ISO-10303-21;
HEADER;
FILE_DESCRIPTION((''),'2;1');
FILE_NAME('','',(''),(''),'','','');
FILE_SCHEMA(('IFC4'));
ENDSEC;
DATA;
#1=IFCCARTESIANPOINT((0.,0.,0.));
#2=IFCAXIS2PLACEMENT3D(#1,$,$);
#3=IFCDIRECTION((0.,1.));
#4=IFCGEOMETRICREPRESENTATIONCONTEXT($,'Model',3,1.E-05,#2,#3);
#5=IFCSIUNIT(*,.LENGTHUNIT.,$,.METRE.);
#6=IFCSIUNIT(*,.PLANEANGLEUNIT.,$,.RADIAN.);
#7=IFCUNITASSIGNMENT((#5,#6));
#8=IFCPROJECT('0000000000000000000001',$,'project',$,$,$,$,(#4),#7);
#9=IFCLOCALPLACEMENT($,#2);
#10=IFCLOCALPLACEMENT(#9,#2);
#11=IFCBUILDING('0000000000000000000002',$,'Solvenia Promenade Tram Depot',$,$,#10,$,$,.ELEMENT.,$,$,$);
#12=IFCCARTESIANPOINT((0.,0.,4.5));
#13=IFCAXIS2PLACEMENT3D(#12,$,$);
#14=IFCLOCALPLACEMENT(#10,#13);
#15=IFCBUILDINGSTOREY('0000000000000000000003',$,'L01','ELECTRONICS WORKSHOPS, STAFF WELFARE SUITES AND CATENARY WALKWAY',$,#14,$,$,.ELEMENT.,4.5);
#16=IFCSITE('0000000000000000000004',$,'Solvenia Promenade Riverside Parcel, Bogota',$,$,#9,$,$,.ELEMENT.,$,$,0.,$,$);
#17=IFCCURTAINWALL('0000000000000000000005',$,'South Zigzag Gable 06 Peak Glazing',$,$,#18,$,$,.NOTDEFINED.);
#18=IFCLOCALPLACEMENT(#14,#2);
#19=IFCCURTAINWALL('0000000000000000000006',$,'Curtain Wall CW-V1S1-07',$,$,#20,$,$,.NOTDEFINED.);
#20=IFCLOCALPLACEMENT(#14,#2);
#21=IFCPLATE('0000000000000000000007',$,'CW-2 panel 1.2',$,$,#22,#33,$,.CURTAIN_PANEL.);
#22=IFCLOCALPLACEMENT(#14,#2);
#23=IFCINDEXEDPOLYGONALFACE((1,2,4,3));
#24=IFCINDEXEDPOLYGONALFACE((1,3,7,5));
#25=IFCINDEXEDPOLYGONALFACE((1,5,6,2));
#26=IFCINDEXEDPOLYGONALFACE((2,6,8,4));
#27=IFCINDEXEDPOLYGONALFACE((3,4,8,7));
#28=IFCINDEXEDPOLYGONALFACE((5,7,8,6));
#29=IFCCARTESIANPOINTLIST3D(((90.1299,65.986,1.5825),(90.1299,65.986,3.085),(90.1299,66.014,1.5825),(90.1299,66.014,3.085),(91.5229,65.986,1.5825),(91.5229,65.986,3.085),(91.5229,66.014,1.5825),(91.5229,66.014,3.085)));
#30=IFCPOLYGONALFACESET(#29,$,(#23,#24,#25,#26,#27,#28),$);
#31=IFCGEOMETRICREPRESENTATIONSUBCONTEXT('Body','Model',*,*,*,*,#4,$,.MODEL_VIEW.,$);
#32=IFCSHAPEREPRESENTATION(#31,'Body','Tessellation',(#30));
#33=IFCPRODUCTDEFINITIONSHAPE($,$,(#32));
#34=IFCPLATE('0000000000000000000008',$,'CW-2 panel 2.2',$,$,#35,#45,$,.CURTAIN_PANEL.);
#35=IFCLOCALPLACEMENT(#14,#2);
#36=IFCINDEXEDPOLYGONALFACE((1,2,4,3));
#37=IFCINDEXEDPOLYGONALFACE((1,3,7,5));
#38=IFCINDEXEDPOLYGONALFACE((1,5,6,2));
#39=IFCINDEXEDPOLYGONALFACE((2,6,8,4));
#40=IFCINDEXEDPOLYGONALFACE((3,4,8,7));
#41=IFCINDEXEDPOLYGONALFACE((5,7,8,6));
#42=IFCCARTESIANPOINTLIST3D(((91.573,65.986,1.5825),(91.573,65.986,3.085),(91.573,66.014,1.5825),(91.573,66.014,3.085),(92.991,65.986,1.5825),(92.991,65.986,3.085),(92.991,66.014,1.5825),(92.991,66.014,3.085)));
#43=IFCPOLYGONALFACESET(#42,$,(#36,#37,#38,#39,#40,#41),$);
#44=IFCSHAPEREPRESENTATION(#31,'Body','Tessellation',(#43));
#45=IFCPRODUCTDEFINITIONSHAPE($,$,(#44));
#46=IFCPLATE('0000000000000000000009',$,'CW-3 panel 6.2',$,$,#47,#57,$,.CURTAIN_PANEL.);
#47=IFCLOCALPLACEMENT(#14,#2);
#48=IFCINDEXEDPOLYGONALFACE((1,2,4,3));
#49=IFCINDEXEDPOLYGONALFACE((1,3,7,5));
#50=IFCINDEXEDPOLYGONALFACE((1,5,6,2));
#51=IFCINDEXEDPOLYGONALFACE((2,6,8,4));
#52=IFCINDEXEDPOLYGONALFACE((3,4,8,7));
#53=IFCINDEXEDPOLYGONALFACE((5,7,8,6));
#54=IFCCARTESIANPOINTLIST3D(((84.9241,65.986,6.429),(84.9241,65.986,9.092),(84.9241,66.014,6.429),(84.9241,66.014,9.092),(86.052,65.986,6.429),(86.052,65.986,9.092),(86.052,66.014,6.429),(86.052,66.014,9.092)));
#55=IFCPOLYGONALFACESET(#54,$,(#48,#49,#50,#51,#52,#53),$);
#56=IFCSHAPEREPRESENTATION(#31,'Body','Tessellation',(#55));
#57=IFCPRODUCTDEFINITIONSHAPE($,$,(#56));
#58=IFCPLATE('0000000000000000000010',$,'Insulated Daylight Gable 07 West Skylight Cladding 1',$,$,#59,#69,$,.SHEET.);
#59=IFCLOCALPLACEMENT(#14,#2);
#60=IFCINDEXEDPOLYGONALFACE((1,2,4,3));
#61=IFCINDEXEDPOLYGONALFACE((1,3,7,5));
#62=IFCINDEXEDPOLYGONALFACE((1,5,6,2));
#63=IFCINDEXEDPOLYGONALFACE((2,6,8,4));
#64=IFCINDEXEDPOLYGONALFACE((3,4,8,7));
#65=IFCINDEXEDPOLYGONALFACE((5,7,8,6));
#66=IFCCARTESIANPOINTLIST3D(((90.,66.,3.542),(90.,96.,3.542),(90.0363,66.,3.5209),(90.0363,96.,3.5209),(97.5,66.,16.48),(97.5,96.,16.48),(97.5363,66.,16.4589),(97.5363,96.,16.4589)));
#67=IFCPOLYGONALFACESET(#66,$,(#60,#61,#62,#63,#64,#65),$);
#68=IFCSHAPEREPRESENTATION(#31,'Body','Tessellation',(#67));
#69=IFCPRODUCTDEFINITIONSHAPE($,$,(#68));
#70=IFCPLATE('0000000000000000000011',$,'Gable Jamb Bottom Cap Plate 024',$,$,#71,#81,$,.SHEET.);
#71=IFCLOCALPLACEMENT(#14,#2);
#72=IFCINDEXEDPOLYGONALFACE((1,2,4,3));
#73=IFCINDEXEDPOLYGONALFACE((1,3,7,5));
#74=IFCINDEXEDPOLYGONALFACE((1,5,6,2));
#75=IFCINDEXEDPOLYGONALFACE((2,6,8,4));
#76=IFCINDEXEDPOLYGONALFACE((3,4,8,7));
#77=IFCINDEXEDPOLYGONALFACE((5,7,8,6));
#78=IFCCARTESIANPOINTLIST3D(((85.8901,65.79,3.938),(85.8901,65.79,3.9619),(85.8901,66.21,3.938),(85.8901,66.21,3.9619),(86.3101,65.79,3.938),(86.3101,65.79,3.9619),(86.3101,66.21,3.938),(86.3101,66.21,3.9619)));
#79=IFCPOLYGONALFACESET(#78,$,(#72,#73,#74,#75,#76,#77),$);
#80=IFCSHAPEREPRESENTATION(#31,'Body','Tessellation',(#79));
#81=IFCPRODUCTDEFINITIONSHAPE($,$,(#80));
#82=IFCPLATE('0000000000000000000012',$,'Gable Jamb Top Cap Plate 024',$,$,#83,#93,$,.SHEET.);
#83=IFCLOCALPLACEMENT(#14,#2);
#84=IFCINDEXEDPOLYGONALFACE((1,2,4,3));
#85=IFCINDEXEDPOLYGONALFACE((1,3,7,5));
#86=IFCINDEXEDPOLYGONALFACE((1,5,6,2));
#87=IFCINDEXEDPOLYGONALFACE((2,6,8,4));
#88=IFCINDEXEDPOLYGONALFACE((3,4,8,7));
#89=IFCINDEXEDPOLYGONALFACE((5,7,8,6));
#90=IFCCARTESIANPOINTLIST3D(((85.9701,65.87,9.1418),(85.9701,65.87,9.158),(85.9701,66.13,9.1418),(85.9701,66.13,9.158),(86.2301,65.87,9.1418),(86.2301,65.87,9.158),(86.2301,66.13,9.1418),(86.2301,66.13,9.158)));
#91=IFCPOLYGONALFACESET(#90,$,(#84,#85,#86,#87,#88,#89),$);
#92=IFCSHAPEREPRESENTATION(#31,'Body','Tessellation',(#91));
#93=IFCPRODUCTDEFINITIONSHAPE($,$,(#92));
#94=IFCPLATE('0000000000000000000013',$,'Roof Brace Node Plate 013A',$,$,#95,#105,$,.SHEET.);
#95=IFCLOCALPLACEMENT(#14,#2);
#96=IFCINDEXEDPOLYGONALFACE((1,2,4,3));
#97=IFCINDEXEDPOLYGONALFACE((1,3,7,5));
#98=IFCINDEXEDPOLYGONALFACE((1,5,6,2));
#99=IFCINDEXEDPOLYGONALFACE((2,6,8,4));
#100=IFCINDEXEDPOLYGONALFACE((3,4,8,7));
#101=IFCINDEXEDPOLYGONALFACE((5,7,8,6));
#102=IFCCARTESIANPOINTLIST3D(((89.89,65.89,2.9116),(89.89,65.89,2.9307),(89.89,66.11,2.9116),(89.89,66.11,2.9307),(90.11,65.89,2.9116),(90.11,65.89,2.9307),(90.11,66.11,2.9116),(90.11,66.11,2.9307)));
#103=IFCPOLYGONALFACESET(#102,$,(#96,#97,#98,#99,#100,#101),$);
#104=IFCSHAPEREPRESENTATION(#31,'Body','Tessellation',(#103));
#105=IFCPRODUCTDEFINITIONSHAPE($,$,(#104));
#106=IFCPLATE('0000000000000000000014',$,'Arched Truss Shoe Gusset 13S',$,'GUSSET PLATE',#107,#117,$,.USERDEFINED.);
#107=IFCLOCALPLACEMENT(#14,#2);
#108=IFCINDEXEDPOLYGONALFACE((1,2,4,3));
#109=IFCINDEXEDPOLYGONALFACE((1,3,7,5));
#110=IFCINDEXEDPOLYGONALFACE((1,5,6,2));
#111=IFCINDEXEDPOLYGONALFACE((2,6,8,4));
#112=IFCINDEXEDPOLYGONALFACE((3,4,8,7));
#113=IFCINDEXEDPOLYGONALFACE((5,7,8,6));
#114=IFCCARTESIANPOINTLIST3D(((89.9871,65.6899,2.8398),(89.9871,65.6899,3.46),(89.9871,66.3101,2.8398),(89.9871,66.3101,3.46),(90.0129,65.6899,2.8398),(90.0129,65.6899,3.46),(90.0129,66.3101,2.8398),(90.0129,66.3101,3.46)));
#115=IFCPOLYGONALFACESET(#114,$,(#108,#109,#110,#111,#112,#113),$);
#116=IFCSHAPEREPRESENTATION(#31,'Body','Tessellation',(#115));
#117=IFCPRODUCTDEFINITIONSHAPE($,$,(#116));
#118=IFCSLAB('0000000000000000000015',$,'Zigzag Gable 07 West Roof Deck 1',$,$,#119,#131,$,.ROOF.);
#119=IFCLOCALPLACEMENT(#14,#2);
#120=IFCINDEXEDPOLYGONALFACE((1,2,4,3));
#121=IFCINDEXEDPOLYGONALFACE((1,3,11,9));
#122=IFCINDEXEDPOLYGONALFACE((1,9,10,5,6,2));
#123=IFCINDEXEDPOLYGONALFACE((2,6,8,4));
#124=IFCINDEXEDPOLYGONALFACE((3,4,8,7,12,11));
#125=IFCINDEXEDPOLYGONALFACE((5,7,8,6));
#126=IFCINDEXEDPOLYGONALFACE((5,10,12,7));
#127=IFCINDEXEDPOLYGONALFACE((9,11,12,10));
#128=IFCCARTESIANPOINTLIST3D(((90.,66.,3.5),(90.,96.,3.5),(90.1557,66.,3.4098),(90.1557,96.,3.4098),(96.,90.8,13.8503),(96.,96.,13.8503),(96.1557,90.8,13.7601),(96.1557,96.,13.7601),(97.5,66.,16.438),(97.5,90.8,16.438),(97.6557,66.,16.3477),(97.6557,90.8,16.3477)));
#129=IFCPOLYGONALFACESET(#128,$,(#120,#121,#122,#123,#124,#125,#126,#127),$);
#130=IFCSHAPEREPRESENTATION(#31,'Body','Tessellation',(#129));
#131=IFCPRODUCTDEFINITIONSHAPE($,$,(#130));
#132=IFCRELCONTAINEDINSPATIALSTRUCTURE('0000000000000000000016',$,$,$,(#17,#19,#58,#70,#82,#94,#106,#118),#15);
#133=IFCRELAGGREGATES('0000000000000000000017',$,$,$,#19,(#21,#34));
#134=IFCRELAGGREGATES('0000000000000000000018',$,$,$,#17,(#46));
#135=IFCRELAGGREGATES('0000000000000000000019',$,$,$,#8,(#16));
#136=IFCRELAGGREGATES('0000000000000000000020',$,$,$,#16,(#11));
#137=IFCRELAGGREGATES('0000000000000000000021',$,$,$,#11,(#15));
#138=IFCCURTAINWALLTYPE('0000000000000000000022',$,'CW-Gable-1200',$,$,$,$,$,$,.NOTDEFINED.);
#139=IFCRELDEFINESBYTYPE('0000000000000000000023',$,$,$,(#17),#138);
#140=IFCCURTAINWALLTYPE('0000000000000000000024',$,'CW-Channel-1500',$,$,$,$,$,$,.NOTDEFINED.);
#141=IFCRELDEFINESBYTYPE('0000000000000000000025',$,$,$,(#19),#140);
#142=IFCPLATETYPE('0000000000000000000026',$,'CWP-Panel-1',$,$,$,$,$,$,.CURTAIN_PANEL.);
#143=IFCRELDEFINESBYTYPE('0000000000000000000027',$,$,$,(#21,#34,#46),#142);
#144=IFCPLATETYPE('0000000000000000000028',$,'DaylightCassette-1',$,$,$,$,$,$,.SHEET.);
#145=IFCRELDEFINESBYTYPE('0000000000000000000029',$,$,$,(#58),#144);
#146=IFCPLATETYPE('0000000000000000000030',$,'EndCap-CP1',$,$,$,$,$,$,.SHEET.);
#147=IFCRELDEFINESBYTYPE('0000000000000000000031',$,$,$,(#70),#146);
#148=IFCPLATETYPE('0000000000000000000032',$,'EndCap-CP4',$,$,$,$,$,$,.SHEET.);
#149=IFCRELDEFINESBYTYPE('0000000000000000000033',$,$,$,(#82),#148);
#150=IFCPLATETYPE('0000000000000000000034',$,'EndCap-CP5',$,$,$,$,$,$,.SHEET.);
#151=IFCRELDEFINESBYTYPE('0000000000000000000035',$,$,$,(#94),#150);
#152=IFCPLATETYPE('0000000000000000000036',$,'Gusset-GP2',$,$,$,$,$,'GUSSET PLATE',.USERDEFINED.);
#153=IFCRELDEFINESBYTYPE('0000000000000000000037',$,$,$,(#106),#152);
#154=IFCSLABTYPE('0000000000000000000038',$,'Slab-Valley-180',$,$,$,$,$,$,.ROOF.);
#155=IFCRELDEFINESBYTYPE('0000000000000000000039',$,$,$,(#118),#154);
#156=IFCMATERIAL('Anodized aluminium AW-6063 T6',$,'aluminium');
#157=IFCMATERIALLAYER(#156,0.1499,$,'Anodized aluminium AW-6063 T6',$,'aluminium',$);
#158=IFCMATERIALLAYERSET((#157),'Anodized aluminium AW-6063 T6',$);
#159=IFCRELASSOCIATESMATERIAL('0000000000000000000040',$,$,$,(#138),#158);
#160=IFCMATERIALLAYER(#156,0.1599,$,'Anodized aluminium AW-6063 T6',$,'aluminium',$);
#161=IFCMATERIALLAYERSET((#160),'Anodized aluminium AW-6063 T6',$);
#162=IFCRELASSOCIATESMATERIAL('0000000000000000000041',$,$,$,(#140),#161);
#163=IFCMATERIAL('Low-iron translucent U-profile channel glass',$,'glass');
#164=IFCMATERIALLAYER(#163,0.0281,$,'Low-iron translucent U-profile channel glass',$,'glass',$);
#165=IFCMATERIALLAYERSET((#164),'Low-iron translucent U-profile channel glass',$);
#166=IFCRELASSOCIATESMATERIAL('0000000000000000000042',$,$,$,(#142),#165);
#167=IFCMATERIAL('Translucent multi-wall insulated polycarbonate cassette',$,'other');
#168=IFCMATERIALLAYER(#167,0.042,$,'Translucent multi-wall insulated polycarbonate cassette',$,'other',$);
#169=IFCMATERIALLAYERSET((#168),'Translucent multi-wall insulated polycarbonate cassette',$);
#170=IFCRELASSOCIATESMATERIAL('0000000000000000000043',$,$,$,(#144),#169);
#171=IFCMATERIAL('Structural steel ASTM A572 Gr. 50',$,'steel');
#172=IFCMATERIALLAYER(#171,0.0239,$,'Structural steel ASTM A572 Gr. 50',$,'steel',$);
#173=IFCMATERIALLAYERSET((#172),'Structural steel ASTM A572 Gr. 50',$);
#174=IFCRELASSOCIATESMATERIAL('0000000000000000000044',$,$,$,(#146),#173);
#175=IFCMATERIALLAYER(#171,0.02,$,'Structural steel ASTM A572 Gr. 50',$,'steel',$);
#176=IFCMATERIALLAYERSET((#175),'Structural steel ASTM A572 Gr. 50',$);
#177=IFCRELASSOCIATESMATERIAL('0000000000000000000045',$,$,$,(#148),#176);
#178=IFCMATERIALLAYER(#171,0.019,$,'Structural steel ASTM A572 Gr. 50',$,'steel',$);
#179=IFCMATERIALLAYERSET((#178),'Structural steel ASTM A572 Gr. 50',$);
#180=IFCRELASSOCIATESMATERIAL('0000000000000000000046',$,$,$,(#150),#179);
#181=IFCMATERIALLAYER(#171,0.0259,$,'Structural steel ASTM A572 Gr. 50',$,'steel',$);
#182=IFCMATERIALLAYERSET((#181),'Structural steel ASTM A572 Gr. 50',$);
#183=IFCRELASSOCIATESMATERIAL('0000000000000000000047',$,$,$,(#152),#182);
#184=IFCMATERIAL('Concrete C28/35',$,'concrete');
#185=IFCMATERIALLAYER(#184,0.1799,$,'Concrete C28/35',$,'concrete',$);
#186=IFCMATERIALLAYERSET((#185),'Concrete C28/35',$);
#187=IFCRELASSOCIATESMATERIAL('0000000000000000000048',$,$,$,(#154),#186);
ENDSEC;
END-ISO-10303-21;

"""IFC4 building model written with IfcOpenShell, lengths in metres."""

from ifc_helpers import new_model, si_unit, direction, frame, origin, origin_2d, place, context, subcontext, project, spatial, polyline, rectangle, outline, extrude, material, layer, layer_set, type_object, element, aggregate, save


model = new_model("IFC4")

# Units and contexts
model_context = context("Model", 3, precision=1e-05, world=origin(), true_north=direction((0.0, 1.0)))
body_context = subcontext(model_context, "Body", "Model", "MODEL_VIEW")
ifc_project = project(units=[si_unit("LENGTHUNIT", "METRE"), si_unit("PLANEANGLEUNIT", "RADIAN")], contexts=[model_context])

# Site, building, storey
site_placement = place(None, origin())
site = spatial("IfcSite", under=ifc_project, at=site_placement, Name="Solvenia Promenade Riverside Parcel, Bogota", CompositionType="ELEMENT", RefElevation=0.0)
building_placement = place(site_placement, origin())
building = spatial("IfcBuilding", under=site, at=building_placement, Name="Solvenia Promenade Tram Depot", CompositionType="ELEMENT")
storey_placement = place(building_placement, frame((0.0, 0.0, 4.5)))
storey = spatial("IfcBuildingStorey", under=building, at=storey_placement, Name="L01", Description="ELECTRONICS WORKSHOPS, STAFF WELFARE SUITES AND CATENARY WALKWAY", CompositionType="ELEMENT", Elevation=4.5)

# Curtain wall
ifc_material_1 = material(Name="Anodized aluminium AW-6063 T6", Category="aluminium")
ifc_layer_1 = layer(ifc_material_1, 0.1499, Name="Anodized aluminium AW-6063 T6", Category="aluminium")
ifc_layer_set_1 = layer_set([ifc_layer_1], Name="Anodized aluminium AW-6063 T6")
curtain_wall_type_1 = type_object("IfcCurtainWallType", Name="CW-Gable-1200", PredefinedType="NOTDEFINED", material=ifc_layer_set_1)
curtain_wall_1_placement = place(storey_placement, origin())
curtain_wall_1 = element("IfcCurtainWall", 1, at=curtain_wall_1_placement, inside=storey, type_object=curtain_wall_type_1, Name="South Zigzag Gable 06 Peak Glazing", PredefinedType="NOTDEFINED")

# Curtain wall
ifc_layer_2 = layer(ifc_material_1, 0.1599, Name="Anodized aluminium AW-6063 T6", Category="aluminium")
ifc_layer_set_2 = layer_set([ifc_layer_2], Name="Anodized aluminium AW-6063 T6")
curtain_wall_type_2 = type_object("IfcCurtainWallType", Name="CW-Channel-1500", PredefinedType="NOTDEFINED", material=ifc_layer_set_2)
curtain_wall_2_placement = place(storey_placement, origin())
curtain_wall_2 = element("IfcCurtainWall", 2, at=curtain_wall_2_placement, inside=storey, type_object=curtain_wall_type_2, Name="Curtain Wall CW-V1S1-07", PredefinedType="NOTDEFINED")

# Plates
ifc_material_2 = material(Name="Low-iron translucent U-profile channel glass", Category="glass")
ifc_layer_3 = layer(ifc_material_2, 0.0281, Name="Low-iron translucent U-profile channel glass", Category="glass")
ifc_layer_set_3 = layer_set([ifc_layer_3], Name="Low-iron translucent U-profile channel glass")
plate_type_1 = type_object("IfcPlateType", Name="CWP-Panel-1", PredefinedType="CURTAIN_PANEL", material=ifc_layer_set_3)
plate_1_placement = place(storey_placement, frame((90.8264, 66.0, 1.5825), z_axis=(0.0, 0.0, 1.0), x_axis=(1.0, 0.0, 0.0)))
plate_1 = element("IfcPlate", 3, at=plate_1_placement, type_object=plate_type_1, Name="CW-2 panel 1.2", PredefinedType="CURTAIN_PANEL", context=body_context, shape_type="SweptSolid", body=[
    extrude(rectangle(XDim=1.3931, YDim=0.0281, at=origin_2d()), origin(), (0.0, 0.0, 1.0), 1.5024),
])
plate_2_placement = place(storey_placement, frame((92.282, 66.0, 1.5825), z_axis=(0.0, 0.0, 1.0), x_axis=(1.0, 0.0, 0.0)))
plate_2 = element("IfcPlate", 4, at=plate_2_placement, type_object=plate_type_1, Name="CW-2 panel 2.2", PredefinedType="CURTAIN_PANEL", context=body_context, shape_type="SweptSolid", body=[
    extrude(rectangle(XDim=1.418, YDim=0.0281, at=origin_2d()), origin(), (0.0, 0.0, 1.0), 1.5024),
])
aggregate(curtain_wall_2, [plate_1, plate_2])
plate_3_placement = place(storey_placement, frame((85.488, 66.0, 6.429), z_axis=(0.0, 0.0, 1.0), x_axis=(1.0, 0.0, 0.0)))
plate_3 = element("IfcPlate", 5, at=plate_3_placement, type_object=plate_type_1, Name="CW-3 panel 6.2", PredefinedType="CURTAIN_PANEL", context=body_context, shape_type="SweptSolid", body=[
    extrude(rectangle(XDim=1.1279, YDim=0.0281, at=origin_2d()), origin(), (0.0, 0.0, 1.0), 2.6631),
])
aggregate(curtain_wall_1, [plate_3])

# Plates
ifc_material_3 = material(Name="Translucent multi-wall insulated polycarbonate cassette", Category="other")
ifc_layer_4 = layer(ifc_material_3, 0.042, Name="Translucent multi-wall insulated polycarbonate cassette", Category="other")
ifc_layer_set_4 = layer_set([ifc_layer_4], Name="Translucent multi-wall insulated polycarbonate cassette")
plate_type_2 = type_object("IfcPlateType", Name="DaylightCassette-1", PredefinedType="SHEET", material=ifc_layer_set_4)
plate_4_placement = place(storey_placement, frame((90.0, 66.0, 3.542), z_axis=(-0.865148, 0.0, 0.501516), x_axis=(0.0, 1.0, 0.0)))
element("IfcPlate", 6, at=plate_4_placement, inside=storey, type_object=plate_type_2, Name="Insulated Daylight Gable 07 West Skylight Cladding 1", PredefinedType="SHEET", context=body_context, shape_type="SweptSolid", body=[
    extrude(outline(polyline([(0.0, 0.0), (30.0, 0.0), (30.0, -14.9546), (0.0, -14.9546), (0.0, 0.0)])), origin(), (0.0, 0.0, -1.0), 0.042),
])
ifc_material_4 = material(Name="Structural steel ASTM A572 Gr. 50", Category="steel")
ifc_layer_5 = layer(ifc_material_4, 0.0239, Name="Structural steel ASTM A572 Gr. 50", Category="steel")
ifc_layer_set_5 = layer_set([ifc_layer_5], Name="Structural steel ASTM A572 Gr. 50")
plate_type_3 = type_object("IfcPlateType", Name="EndCap-CP1", PredefinedType="SHEET", material=ifc_layer_set_5)
plate_5_placement = place(storey_placement, frame((86.1001, 66.0, 3.938), z_axis=(0.0, 0.0, 1.0), x_axis=(1.0, 0.0, 0.0)))
element("IfcPlate", 7, at=plate_5_placement, inside=storey, type_object=plate_type_3, Name="Gable Jamb Bottom Cap Plate 024", PredefinedType="SHEET", context=body_context, shape_type="SweptSolid", body=[
    extrude(rectangle(XDim=0.4199, YDim=0.4199, at=origin_2d()), origin(), (0.0, 0.0, 1.0), 0.0239),
])
ifc_layer_6 = layer(ifc_material_4, 0.02, Name="Structural steel ASTM A572 Gr. 50", Category="steel")
ifc_layer_set_6 = layer_set([ifc_layer_6], Name="Structural steel ASTM A572 Gr. 50")
plate_type_4 = type_object("IfcPlateType", Name="EndCap-CP4", PredefinedType="SHEET", material=ifc_layer_set_6)
plate_6_placement = place(storey_placement, frame((86.1001, 66.0, 9.1418), z_axis=(0.0, 0.0, 1.0), x_axis=(1.0, 0.0, 0.0)))
element("IfcPlate", 8, at=plate_6_placement, inside=storey, type_object=plate_type_4, Name="Gable Jamb Top Cap Plate 024", PredefinedType="SHEET", context=body_context, shape_type="SweptSolid", body=[
    extrude(rectangle(XDim=0.26, YDim=0.26, at=origin_2d()), origin(), (0.0, 0.0, 1.0), 0.0161),
])
ifc_layer_7 = layer(ifc_material_4, 0.019, Name="Structural steel ASTM A572 Gr. 50", Category="steel")
ifc_layer_set_7 = layer_set([ifc_layer_7], Name="Structural steel ASTM A572 Gr. 50")
plate_type_5 = type_object("IfcPlateType", Name="EndCap-CP5", PredefinedType="SHEET", material=ifc_layer_set_7)
plate_7_placement = place(storey_placement, frame((90.0, 66.0, 2.9116), z_axis=(0.0, 0.0, 1.0), x_axis=(1.0, 0.0, 0.0)))
element("IfcPlate", 9, at=plate_7_placement, inside=storey, type_object=plate_type_5, Name="Roof Brace Node Plate 013A", PredefinedType="SHEET", context=body_context, shape_type="SweptSolid", body=[
    extrude(rectangle(XDim=0.22, YDim=0.22, at=origin_2d()), origin(), (0.0, 0.0, 1.0), 0.019),
])
ifc_layer_8 = layer(ifc_material_4, 0.0259, Name="Structural steel ASTM A572 Gr. 50", Category="steel")
ifc_layer_set_8 = layer_set([ifc_layer_8], Name="Structural steel ASTM A572 Gr. 50")
plate_type_6 = type_object("IfcPlateType", Name="Gusset-GP2", ElementType="GUSSET PLATE", PredefinedType="USERDEFINED", material=ifc_layer_set_8)
plate_8_placement = place(storey_placement, frame((90.0, 66.0, 2.8398), z_axis=(0.0, 0.0, 1.0), x_axis=(1.0, 0.0, 0.0)))
element("IfcPlate", 10, at=plate_8_placement, inside=storey, type_object=plate_type_6, Name="Arched Truss Shoe Gusset 13S", ObjectType="GUSSET PLATE", PredefinedType="USERDEFINED", context=body_context, shape_type="SweptSolid", body=[
    extrude(rectangle(XDim=0.0259, YDim=0.6201, at=origin_2d()), origin(), (0.0, 0.0, 1.0), 0.6201),
])

# Slab
ifc_material_5 = material(Name="Concrete C28/35", Category="concrete")
ifc_layer_9 = layer(ifc_material_5, 0.1799, Name="Concrete C28/35", Category="concrete")
ifc_layer_set_9 = layer_set([ifc_layer_9], Name="Concrete C28/35")
slab_type = type_object("IfcSlabType", Name="Slab-Valley-180", PredefinedType="ROOF", material=ifc_layer_set_9)
slab_placement = place(storey_placement, frame((90.0, 66.0, 3.5), z_axis=(-0.865148, 0.0, 0.501517), x_axis=(0.0, 1.0, 0.0)))
element("IfcSlab", 11, at=slab_placement, inside=storey, type_object=slab_type, Name="Zigzag Gable 07 West Roof Deck 1", PredefinedType="ROOF", context=body_context, shape_type="SweptSolid", body=[
    extrude(outline(polyline([(0.0, 0.0), (30.0, 0.0), (30.0, -11.9637), (24.8, -11.9637), (24.8, -14.9546), (0.0, -14.9546), (0.0, 0.0)])), origin(), (0.0, 0.0, -1.0), 0.1799),
])

save(model, "model.ifc")
